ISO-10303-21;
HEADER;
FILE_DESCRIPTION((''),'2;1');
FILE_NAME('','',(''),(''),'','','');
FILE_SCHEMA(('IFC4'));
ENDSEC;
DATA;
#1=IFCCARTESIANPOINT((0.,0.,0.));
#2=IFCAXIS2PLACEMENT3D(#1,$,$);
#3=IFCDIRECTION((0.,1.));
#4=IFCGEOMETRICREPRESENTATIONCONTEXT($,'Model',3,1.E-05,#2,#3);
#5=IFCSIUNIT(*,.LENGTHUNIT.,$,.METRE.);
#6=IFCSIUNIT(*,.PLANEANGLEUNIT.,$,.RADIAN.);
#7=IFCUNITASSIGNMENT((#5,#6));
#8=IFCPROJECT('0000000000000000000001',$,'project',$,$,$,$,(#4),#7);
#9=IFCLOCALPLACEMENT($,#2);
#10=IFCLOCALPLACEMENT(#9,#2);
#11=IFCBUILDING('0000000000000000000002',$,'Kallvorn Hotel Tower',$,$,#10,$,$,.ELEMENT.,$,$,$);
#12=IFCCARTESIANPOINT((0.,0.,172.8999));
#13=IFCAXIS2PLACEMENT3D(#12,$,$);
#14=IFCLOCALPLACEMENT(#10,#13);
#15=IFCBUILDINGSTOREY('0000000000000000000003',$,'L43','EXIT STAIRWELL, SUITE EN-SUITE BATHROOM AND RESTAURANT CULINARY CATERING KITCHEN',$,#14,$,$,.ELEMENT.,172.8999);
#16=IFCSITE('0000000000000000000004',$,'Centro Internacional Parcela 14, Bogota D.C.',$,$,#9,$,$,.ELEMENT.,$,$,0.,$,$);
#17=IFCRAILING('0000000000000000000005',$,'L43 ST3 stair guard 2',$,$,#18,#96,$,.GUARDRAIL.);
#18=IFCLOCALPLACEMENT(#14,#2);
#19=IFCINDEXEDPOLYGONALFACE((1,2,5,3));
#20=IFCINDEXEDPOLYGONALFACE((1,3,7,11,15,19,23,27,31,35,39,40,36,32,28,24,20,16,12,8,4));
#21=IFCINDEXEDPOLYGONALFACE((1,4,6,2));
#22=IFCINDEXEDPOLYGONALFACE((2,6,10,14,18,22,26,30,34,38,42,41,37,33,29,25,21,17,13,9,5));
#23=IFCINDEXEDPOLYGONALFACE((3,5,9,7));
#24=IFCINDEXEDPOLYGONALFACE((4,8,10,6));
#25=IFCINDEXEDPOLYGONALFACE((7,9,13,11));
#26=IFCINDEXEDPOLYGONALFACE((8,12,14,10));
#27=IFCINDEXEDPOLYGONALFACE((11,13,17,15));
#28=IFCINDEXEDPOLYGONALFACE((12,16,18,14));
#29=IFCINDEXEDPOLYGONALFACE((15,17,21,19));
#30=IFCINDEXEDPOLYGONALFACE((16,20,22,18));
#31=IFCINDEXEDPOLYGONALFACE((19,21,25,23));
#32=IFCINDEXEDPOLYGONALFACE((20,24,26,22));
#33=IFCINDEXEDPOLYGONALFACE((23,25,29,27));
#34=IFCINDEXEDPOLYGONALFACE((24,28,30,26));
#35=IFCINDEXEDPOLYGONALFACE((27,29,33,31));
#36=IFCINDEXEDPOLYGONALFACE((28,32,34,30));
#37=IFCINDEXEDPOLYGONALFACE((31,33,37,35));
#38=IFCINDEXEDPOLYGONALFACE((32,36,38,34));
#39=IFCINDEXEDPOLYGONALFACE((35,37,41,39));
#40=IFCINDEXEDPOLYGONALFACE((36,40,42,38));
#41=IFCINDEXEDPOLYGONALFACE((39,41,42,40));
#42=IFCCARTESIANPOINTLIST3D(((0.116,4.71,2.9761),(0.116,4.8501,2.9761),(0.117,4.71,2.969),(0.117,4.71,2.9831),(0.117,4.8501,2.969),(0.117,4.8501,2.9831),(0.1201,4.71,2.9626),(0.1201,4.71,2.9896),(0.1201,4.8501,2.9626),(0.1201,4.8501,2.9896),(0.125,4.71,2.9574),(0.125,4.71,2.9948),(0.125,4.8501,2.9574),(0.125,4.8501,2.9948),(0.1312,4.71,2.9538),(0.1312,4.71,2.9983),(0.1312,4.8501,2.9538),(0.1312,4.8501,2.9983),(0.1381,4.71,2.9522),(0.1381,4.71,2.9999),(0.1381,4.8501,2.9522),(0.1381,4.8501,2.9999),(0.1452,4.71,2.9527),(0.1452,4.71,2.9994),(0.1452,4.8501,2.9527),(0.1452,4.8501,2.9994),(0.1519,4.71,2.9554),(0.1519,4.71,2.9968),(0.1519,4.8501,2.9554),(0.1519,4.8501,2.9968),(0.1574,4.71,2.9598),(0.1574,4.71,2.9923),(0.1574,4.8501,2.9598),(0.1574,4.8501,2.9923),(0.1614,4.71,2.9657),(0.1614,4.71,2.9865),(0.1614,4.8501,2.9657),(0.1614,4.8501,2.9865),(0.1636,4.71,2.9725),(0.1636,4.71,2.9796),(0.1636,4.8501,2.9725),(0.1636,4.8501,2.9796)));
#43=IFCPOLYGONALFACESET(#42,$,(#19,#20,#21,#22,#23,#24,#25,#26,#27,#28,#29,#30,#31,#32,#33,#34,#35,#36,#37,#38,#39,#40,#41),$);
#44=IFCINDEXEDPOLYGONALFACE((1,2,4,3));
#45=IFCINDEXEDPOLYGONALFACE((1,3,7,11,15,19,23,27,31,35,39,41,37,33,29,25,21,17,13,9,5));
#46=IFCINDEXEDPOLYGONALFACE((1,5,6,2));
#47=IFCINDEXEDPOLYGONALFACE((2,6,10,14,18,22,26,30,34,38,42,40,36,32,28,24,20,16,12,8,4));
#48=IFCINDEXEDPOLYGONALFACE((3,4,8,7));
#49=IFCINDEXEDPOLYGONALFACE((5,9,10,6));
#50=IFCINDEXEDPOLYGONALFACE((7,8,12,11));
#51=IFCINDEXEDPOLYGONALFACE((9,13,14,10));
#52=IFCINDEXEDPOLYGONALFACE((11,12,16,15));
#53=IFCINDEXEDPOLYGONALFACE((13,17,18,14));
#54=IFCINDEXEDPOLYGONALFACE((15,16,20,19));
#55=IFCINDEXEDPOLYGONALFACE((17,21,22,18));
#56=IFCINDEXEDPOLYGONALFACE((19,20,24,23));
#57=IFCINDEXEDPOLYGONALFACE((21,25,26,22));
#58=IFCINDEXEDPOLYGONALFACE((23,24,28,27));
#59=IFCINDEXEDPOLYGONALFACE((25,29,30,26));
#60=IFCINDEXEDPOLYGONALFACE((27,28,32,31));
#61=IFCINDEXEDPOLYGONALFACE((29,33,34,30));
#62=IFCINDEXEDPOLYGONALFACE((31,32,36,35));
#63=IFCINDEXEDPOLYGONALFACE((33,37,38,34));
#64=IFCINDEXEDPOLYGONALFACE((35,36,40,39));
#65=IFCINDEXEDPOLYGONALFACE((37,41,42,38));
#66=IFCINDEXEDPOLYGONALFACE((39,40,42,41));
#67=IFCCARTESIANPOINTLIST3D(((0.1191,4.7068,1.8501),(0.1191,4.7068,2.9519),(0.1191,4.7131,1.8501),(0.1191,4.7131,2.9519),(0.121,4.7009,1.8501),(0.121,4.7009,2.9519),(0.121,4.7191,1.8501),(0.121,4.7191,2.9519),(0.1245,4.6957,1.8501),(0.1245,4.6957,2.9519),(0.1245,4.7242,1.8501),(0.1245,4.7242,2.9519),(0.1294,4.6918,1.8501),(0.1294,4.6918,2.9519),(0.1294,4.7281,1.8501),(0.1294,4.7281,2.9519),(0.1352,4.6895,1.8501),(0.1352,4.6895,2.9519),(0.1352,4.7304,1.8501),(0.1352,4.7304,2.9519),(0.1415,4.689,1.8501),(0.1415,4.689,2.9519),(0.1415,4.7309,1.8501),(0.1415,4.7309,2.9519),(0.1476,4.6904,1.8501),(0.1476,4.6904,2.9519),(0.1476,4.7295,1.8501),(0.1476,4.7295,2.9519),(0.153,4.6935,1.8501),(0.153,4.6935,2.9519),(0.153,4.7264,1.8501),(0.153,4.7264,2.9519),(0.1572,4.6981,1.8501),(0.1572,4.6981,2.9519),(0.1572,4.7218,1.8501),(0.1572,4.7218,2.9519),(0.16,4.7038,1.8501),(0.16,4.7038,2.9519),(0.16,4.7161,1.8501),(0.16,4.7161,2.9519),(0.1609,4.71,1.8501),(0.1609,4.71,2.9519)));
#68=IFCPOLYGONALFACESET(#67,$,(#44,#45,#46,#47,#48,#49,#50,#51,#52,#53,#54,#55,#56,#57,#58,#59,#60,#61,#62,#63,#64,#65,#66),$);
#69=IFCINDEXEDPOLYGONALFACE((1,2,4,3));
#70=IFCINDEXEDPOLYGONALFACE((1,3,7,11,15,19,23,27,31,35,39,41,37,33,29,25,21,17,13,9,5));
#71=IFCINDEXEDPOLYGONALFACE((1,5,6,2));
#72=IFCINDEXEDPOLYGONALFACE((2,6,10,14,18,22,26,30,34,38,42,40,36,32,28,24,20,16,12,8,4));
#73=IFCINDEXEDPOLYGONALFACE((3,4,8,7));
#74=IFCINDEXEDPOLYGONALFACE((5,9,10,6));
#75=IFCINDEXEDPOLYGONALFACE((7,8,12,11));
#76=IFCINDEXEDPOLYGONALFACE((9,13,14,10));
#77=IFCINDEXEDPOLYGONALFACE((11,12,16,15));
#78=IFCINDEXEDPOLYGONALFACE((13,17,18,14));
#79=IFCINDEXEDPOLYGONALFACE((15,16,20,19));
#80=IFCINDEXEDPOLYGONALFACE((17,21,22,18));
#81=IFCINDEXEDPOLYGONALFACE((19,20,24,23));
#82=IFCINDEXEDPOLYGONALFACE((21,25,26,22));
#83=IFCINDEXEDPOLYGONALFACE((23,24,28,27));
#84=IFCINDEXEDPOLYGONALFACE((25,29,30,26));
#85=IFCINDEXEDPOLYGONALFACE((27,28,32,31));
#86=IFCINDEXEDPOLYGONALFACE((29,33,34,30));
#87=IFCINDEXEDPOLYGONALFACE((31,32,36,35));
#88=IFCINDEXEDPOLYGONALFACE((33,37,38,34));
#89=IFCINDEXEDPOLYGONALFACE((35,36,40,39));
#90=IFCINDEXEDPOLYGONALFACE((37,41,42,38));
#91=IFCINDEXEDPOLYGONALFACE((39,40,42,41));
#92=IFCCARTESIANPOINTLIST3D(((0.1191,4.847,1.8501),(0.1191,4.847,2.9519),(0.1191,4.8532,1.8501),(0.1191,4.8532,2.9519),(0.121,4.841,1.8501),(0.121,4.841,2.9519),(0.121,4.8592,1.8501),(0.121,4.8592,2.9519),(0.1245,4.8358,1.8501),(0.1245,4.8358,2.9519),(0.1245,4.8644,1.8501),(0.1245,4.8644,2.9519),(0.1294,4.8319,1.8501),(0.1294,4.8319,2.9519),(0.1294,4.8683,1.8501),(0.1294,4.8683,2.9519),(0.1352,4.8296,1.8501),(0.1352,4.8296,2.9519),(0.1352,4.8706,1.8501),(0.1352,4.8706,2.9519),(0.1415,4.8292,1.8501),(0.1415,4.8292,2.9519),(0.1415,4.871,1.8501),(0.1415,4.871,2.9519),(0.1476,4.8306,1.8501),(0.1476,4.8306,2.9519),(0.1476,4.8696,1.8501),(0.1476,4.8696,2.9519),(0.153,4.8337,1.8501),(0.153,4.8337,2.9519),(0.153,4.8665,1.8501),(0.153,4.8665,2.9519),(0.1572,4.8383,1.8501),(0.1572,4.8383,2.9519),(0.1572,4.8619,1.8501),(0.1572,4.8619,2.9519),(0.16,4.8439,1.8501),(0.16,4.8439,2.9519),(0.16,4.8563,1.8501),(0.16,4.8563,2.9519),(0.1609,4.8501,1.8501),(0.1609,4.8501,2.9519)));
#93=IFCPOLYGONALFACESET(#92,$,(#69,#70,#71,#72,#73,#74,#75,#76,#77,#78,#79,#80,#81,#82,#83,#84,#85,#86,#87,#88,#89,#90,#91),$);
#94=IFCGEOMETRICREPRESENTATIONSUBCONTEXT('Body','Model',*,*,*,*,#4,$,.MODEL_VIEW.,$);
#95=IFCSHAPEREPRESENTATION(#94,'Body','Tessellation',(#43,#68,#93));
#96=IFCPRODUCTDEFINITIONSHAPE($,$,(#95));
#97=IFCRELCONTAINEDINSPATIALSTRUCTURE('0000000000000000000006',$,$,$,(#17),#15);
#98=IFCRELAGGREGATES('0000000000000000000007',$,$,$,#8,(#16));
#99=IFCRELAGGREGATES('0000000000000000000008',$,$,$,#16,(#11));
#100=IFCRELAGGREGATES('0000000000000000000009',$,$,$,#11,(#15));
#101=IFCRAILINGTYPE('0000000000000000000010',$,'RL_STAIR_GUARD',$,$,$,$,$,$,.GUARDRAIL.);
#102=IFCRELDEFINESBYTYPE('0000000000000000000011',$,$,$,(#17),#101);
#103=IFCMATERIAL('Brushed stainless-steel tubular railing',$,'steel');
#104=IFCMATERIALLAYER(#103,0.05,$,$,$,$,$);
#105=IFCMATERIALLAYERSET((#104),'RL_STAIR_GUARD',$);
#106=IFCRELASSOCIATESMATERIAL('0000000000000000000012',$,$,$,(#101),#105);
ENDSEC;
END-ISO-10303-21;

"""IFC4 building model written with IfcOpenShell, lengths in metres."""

from ifc_helpers import new_model, si_unit, direction, frame, origin, origin_2d, place, context, subcontext, project, spatial, circle, extrude, material, layer, layer_set, type_object, element, save


model = new_model("IFC4")

# Units and contexts
model_context = context("Model", 3, precision=1e-05, world=origin(), true_north=direction((0.0, 1.0)))
body_context = subcontext(model_context, "Body", "Model", "MODEL_VIEW")
ifc_project = project(units=[si_unit("LENGTHUNIT", "METRE"), si_unit("PLANEANGLEUNIT", "RADIAN")], contexts=[model_context])

# Site, building, storey
site_placement = place(None, origin())
site = spatial("IfcSite", under=ifc_project, at=site_placement, Name="Centro Internacional Parcela 14, Bogota D.C.", CompositionType="ELEMENT", RefElevation=0.0)
building_placement = place(site_placement, origin())
building = spatial("IfcBuilding", under=site, at=building_placement, Name="Kallvorn Hotel Tower", CompositionType="ELEMENT")
storey_placement = place(building_placement, frame((0.0, 0.0, 172.8999)))
storey = spatial("IfcBuildingStorey", under=building, at=storey_placement, Name="L43", Description="EXIT STAIRWELL, SUITE EN-SUITE BATHROOM AND RESTAURANT CULINARY CATERING KITCHEN", CompositionType="ELEMENT", Elevation=172.8999)

# Railing
ifc_material_1 = material(Name="Brushed stainless-steel tubular railing", Category="steel")
ifc_layer_1 = layer(ifc_material_1, 0.05)
ifc_layer_set_1 = layer_set([ifc_layer_1], Name="RL_STAIR_GUARD")
railing_type_1 = type_object("IfcRailingType", Name="RL_STAIR_GUARD", PredefinedType="GUARDRAIL", material=ifc_layer_set_1)
railing_1_placement = place(storey_placement, frame((0.1399, 4.71, 1.8501)))
element("IfcRailing", 1, at=railing_1_placement, inside=storey, type_object=railing_type_1, Name="L43 ST3 stair guard 2", PredefinedType="GUARDRAIL", context=body_context, shape_type="SweptSolid", body=[
    extrude(circle(Radius=0.0239, at=origin_2d()), frame((0.0, 0.0, 1.126), z_axis=(0.0, 1.0, 0.0), x_axis=(-1.0, 0.0, 0.0)), (0.0, 0.0, 1.0), 0.1401),
    extrude(circle(Radius=0.021, at=origin_2d()), origin(), (0.0, 0.0, 1.0), 1.1018),
    extrude(circle(Radius=0.021, at=origin_2d()), frame((0.0, 0.1401, 0.0)), (0.0, 0.0, 1.0), 1.1018),
])

save(model, "model.ifc")
